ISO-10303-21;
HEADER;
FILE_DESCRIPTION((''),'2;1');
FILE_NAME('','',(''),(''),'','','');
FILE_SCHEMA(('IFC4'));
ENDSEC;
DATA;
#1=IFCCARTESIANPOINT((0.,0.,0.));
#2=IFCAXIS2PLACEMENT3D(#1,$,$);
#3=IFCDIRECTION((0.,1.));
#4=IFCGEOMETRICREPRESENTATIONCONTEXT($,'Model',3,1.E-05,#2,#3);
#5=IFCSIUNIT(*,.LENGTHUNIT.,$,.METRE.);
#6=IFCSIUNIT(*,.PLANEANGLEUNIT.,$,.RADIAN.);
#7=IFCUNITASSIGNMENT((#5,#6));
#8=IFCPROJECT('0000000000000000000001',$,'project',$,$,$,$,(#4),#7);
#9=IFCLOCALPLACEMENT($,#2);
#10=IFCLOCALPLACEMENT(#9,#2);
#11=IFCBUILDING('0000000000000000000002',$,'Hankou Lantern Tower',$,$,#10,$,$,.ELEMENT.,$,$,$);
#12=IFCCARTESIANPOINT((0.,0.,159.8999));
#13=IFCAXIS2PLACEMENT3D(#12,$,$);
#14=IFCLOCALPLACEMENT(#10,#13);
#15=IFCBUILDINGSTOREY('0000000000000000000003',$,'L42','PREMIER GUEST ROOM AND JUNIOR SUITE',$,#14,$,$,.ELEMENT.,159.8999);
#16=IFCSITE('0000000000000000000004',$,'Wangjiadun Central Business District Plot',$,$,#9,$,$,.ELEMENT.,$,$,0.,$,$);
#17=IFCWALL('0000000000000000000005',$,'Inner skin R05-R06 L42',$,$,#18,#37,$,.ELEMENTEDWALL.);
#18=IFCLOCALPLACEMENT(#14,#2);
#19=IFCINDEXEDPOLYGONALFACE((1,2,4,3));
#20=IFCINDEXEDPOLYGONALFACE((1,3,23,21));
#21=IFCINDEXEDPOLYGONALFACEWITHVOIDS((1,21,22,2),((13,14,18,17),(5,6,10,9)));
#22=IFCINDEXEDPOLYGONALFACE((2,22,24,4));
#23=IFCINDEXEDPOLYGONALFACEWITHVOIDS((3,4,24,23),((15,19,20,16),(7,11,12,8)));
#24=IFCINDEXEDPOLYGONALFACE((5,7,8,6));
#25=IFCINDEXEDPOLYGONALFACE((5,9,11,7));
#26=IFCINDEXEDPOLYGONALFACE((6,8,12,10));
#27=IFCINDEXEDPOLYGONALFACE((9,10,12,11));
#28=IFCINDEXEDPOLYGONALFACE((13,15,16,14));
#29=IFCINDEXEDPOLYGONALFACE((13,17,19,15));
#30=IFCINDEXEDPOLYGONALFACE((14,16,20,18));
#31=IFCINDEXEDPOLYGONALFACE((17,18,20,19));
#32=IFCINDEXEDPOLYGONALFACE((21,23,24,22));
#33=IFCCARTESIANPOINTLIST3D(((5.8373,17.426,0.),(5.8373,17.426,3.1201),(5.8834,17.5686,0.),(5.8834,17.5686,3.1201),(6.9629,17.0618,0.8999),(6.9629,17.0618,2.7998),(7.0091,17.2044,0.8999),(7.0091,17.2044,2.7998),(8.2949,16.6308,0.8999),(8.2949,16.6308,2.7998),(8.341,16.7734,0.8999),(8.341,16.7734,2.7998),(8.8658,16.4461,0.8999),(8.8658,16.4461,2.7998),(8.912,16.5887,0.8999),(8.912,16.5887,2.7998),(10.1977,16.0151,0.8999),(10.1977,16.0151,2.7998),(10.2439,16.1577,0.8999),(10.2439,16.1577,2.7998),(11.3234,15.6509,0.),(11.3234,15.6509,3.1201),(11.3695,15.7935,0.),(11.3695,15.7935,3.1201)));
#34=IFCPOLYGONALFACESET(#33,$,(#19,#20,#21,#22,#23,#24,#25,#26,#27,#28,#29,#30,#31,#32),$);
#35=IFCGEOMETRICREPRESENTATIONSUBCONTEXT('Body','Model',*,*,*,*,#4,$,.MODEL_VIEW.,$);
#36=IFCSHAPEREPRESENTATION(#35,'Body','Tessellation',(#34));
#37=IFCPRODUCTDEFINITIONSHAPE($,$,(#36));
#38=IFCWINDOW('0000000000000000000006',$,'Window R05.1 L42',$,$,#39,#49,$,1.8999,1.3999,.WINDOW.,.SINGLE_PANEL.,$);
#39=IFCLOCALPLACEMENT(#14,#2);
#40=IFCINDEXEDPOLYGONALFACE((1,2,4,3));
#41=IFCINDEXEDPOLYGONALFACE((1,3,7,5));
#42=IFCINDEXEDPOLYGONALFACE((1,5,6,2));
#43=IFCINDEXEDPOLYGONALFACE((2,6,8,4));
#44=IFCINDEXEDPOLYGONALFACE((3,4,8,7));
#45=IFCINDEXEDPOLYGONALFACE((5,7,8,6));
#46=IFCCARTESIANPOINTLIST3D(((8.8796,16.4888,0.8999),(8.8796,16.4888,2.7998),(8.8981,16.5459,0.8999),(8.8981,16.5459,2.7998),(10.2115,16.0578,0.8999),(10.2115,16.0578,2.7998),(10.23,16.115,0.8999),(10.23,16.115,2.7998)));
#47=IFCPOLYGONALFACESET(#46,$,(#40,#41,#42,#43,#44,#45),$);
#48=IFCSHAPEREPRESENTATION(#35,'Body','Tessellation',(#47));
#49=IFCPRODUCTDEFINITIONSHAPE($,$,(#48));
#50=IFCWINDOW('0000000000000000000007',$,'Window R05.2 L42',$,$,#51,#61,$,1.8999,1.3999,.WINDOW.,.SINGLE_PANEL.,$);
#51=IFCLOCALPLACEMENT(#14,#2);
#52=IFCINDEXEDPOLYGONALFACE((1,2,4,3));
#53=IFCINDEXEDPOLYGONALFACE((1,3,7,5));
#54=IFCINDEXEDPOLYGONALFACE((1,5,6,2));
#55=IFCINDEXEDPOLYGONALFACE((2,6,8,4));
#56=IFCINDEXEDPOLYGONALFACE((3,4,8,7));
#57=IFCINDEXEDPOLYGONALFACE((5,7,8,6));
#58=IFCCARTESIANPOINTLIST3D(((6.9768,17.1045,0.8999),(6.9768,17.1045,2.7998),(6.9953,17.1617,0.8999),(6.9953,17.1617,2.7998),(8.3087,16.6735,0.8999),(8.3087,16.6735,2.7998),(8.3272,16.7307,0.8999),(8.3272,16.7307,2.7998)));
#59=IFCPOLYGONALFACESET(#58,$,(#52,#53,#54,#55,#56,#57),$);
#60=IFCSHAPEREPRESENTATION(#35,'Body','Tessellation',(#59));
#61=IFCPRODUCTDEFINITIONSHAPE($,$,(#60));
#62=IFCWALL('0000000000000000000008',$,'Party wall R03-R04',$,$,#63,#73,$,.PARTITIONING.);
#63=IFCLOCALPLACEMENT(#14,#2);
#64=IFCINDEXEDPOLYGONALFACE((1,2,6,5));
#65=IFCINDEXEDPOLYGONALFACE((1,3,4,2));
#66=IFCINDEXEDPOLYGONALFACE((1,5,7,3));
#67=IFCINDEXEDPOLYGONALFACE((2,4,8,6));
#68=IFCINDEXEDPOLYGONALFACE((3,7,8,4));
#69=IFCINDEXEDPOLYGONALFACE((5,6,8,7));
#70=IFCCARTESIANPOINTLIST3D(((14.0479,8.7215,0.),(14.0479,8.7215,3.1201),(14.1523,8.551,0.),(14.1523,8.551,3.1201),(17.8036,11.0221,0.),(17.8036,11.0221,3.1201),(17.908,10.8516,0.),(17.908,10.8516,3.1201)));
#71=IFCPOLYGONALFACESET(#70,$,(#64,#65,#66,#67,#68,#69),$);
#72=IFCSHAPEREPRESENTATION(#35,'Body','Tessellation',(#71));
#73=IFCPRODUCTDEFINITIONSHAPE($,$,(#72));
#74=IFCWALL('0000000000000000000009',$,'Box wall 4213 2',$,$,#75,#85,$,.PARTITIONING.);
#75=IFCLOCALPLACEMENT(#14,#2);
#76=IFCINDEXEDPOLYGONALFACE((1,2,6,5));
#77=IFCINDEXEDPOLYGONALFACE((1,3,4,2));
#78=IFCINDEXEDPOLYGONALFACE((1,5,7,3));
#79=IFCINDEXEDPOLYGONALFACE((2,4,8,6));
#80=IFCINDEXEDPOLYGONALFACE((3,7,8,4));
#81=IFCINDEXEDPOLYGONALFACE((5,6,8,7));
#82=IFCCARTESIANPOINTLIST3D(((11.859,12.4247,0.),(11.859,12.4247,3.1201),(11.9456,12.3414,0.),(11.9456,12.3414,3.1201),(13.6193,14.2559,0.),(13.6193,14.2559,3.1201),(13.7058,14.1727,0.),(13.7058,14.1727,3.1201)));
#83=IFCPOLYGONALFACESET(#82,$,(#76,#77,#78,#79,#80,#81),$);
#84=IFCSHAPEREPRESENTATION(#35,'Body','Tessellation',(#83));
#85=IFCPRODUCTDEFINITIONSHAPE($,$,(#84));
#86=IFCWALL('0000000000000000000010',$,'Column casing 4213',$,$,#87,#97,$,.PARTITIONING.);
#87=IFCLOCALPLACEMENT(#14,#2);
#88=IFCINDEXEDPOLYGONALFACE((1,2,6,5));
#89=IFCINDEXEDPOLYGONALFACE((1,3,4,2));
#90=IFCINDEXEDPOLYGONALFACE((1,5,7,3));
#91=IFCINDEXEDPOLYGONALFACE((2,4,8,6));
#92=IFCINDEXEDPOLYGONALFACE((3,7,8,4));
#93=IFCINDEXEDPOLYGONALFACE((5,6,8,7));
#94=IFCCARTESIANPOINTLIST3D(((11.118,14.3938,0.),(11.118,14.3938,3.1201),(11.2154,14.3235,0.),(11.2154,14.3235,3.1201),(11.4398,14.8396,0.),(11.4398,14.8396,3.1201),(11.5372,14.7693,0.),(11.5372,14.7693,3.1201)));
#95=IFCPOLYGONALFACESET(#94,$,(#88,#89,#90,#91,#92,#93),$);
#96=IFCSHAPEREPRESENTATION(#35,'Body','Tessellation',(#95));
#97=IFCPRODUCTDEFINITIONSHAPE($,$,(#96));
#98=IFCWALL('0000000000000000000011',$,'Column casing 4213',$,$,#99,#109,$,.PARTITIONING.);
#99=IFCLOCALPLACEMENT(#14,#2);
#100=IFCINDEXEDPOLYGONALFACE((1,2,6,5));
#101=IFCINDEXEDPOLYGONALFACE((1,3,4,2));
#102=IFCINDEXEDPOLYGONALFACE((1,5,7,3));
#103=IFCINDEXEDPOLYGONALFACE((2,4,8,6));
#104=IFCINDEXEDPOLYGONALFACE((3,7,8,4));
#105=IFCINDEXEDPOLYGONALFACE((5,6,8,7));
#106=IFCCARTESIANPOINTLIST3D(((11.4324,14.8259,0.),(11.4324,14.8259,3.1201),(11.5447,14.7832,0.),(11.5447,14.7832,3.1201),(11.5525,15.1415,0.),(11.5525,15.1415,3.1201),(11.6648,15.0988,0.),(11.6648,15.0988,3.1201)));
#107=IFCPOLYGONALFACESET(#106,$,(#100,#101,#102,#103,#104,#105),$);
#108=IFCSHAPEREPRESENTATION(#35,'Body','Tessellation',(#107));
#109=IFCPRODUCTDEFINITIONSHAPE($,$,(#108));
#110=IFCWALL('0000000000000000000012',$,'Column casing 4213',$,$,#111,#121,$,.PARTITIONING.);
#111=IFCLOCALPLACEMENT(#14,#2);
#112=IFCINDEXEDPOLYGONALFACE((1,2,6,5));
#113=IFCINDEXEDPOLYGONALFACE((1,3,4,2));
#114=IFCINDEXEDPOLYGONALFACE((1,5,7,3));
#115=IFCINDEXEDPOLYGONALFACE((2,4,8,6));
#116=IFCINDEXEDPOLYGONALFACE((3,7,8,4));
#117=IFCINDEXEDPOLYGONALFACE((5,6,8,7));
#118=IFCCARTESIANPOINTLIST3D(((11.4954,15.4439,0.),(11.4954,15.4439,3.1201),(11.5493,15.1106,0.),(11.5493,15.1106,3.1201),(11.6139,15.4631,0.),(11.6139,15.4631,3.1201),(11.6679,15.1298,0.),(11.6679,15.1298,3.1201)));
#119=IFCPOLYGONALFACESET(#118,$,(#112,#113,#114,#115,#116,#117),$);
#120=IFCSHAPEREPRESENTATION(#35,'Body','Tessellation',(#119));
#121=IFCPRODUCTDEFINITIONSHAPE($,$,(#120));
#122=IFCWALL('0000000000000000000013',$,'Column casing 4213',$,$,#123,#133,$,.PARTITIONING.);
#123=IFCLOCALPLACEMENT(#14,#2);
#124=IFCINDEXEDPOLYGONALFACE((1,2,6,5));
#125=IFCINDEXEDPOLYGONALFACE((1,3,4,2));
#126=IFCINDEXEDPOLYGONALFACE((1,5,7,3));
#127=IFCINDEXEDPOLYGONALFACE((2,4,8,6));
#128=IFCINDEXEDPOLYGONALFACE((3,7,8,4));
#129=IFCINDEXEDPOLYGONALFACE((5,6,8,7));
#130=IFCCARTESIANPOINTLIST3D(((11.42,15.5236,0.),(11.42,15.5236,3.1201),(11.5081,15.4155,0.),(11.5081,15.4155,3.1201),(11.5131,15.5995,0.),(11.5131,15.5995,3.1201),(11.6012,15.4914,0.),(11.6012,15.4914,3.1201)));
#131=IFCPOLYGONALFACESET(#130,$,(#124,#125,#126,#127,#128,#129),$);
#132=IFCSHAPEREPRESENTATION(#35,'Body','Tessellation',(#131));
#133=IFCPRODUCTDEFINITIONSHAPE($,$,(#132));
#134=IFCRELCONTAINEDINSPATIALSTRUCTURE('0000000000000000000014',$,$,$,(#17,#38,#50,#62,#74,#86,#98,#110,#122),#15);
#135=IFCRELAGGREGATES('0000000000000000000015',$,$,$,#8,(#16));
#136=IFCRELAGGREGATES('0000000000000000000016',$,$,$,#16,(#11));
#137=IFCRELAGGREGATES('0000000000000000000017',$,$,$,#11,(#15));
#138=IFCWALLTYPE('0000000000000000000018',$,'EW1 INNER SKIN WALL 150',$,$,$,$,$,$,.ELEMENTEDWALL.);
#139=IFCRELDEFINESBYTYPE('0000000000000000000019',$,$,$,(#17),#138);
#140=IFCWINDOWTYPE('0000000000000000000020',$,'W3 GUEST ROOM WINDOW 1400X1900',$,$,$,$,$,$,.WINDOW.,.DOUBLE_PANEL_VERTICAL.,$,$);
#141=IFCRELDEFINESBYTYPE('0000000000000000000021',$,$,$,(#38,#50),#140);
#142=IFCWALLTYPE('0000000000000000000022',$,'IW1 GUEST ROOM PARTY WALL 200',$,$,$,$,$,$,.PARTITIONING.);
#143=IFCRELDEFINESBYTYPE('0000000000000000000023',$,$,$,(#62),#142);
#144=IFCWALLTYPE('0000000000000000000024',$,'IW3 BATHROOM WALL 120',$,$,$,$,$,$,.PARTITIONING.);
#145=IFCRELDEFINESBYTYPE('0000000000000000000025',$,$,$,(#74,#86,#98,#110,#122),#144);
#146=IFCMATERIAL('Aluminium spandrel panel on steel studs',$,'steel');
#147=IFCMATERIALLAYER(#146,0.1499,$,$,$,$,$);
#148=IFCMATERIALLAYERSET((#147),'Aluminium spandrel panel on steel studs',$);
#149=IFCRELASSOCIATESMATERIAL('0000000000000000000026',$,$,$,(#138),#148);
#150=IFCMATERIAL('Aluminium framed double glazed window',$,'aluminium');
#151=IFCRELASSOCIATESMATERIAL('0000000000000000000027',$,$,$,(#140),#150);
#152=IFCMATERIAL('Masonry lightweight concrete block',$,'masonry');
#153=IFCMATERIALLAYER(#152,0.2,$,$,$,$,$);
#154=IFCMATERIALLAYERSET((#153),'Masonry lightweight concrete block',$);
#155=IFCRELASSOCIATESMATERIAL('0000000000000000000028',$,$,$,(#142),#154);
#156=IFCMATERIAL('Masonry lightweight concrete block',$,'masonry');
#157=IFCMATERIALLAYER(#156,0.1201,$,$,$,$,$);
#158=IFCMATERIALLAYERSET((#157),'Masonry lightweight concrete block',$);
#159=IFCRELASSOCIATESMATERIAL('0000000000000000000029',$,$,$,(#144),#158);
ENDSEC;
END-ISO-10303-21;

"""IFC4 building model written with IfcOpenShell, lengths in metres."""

from ifc_helpers import new_model, si_unit, direction, frame, frame_2d, origin, place, context, subcontext, project, spatial, rectangle, extrude, material, layer, layer_set, type_object, element, fill, save


model = new_model("IFC4")

# Units and contexts
model_context = context("Model", 3, precision=1e-05, world=origin(), true_north=direction((0.0, 1.0)))
body_context = subcontext(model_context, "Body", "Model", "MODEL_VIEW")
ifc_project = project(units=[si_unit("LENGTHUNIT", "METRE"), si_unit("PLANEANGLEUNIT", "RADIAN")], contexts=[model_context])

# Site, building, storey
site_placement = place(None, origin())
site = spatial("IfcSite", under=ifc_project, at=site_placement, Name="Wangjiadun Central Business District Plot", CompositionType="ELEMENT", RefElevation=0.0)
building_placement = place(site_placement, origin())
building = spatial("IfcBuilding", under=site, at=building_placement, Name="Hankou Lantern Tower", CompositionType="ELEMENT")
storey_placement = place(building_placement, frame((0.0, 0.0, 159.8999)))
storey = spatial("IfcBuildingStorey", under=building, at=storey_placement, Name="L42", Description="PREMIER GUEST ROOM AND JUNIOR SUITE", CompositionType="ELEMENT", Elevation=159.8999)

# Wall, openings, windows
ifc_material_1 = material(Name="Aluminium spandrel panel on steel studs", Category="steel")
ifc_layer_1 = layer(ifc_material_1, 0.1499)
ifc_layer_set_1 = layer_set([ifc_layer_1], Name="Aluminium spandrel panel on steel studs")
wall_type_1 = type_object("IfcWallType", Name="EW1 INNER SKIN WALL 150", PredefinedType="ELEMENTEDWALL", material=ifc_layer_set_1)
ifc_material_2 = material(Name="Aluminium framed double glazed window", Category="aluminium")
window_type = type_object("IfcWindowType", Name="W3 GUEST ROOM WINDOW 1400X1900", PartitioningType="DOUBLE_PANEL_VERTICAL", PredefinedType="WINDOW", material=ifc_material_2)
wall_1_placement = place(storey_placement, frame((11.3464, 15.7222, 0.0), z_axis=(0.0, 0.0, 1.0), x_axis=(-0.951432, 0.307857, 0.0)))
wall_1 = element("IfcWall", 1, at=wall_1_placement, inside=storey, type_object=wall_type_1, Name="Inner skin R05-R06 L42", PredefinedType="ELEMENTEDWALL", context=body_context, shape_type="SweptSolid", body=[
    extrude(rectangle(XDim=5.7661, YDim=0.1499, at=frame_2d((2.8831, 0.0))), origin(), (0.0, 0.0, 1.0), 3.1201),
])
opening_1_placement = place(wall_1_placement, frame((1.1831, 0.0, 0.8999)))
opening_1 = element("IfcOpeningElement", 2, at=opening_1_placement, cuts=wall_1, PredefinedType="OPENING", context=body_context, shape_type="SweptSolid", body=[
    extrude(rectangle(XDim=1.3999, YDim=1.8999, at=frame_2d((0.7, 0.95))), frame((0.0, 0.085, 0.0), z_axis=(0.0, -1.0, 0.0), x_axis=(1.0, 0.0, 0.0)), (0.0, 0.0, 1.0), 0.1699),
])
opening_2_placement = place(wall_1_placement, frame((3.1831, 0.0, 0.8999)))
opening_2 = element("IfcOpeningElement", 3, at=opening_2_placement, cuts=wall_1, PredefinedType="OPENING", context=body_context, shape_type="SweptSolid", body=[
    extrude(rectangle(XDim=1.3999, YDim=1.8999, at=frame_2d((0.7, 0.95))), frame((0.0, 0.085, 0.0), z_axis=(0.0, -1.0, 0.0), x_axis=(1.0, 0.0, 0.0)), (0.0, 0.0, 1.0), 0.1699),
])
window_1_placement = place(opening_1_placement, origin())
window_1 = element("IfcWindow", 4, at=window_1_placement, inside=storey, type_object=window_type, Name="Window R05.1 L42", OverallHeight=1.8999, OverallWidth=1.3999, PartitioningType="SINGLE_PANEL", PredefinedType="WINDOW", context=body_context, shape_type="SweptSolid", body=[
    extrude(rectangle(XDim=1.3999, YDim=1.8999, at=frame_2d((0.7, 0.95))), frame((0.0, 0.03, 0.0), z_axis=(0.0, -1.0, 0.0), x_axis=(1.0, 0.0, 0.0)), (0.0, 0.0, 1.0), 0.0601),
])
fill(opening_1, window_1)
window_2_placement = place(opening_2_placement, origin())
window_2 = element("IfcWindow", 5, at=window_2_placement, inside=storey, type_object=window_type, Name="Window R05.2 L42", OverallHeight=1.8999, OverallWidth=1.3999, PartitioningType="SINGLE_PANEL", PredefinedType="WINDOW", context=body_context, shape_type="SweptSolid", body=[
    extrude(rectangle(XDim=1.3999, YDim=1.8999, at=frame_2d((0.7, 0.95))), frame((0.0, 0.03, 0.0), z_axis=(0.0, -1.0, 0.0), x_axis=(1.0, 0.0, 0.0)), (0.0, 0.0, 1.0), 0.0601),
])
fill(opening_2, window_2)

# Walls
ifc_material_3 = material(Name="Masonry lightweight concrete block", Category="masonry")
ifc_layer_2 = layer(ifc_material_3, 0.2)
ifc_layer_set_2 = layer_set([ifc_layer_2], Name="Masonry lightweight concrete block")
wall_type_2 = type_object("IfcWallType", Name="IW1 GUEST ROOM PARTY WALL 200", PredefinedType="PARTITIONING", material=ifc_layer_set_2)
wall_2_placement = place(storey_placement, frame((14.1001, 8.6362, 0.0), z_axis=(0.0, 0.0, 1.0), x_axis=(0.852732, 0.522349, 0.0)))
element("IfcWall", 6, at=wall_2_placement, inside=storey, type_object=wall_type_2, Name="Party wall R03-R04", PredefinedType="PARTITIONING", context=body_context, shape_type="SweptSolid", body=[
    extrude(rectangle(XDim=4.4043, YDim=0.2, at=frame_2d((2.2021, 0.0))), origin(), (0.0, 0.0, 1.0), 3.1201),
])
ifc_material_4 = material(Name="Masonry lightweight concrete block", Category="masonry")
ifc_layer_3 = layer(ifc_material_4, 0.1201)
ifc_layer_set_3 = layer_set([ifc_layer_3], Name="Masonry lightweight concrete block")
wall_type_3 = type_object("IfcWallType", Name="IW3 BATHROOM WALL 120", PredefinedType="PARTITIONING", material=ifc_layer_set_3)
wall_3_placement = place(storey_placement, frame((11.9023, 12.3831, 0.0), z_axis=(0.0, 0.0, 1.0), x_axis=(0.692984, 0.720953, 0.0)))
element("IfcWall", 7, at=wall_3_placement, inside=storey, type_object=wall_type_3, Name="Box wall 4213 2", PredefinedType="PARTITIONING", context=body_context, shape_type="SweptSolid", body=[
    extrude(rectangle(XDim=2.54, YDim=0.1201, at=frame_2d((1.27, 0.0))), origin(), (0.0, 0.0, 1.0), 3.1201),
])
wall_4_placement = place(storey_placement, frame((11.1667, 14.3586, 0.0), z_axis=(0.0, 0.0, 1.0), x_axis=(0.585264, 0.810843, 0.0)))
element("IfcWall", 8, at=wall_4_placement, inside=storey, type_object=wall_type_3, Name="Column casing 4213", PredefinedType="PARTITIONING", context=body_context, shape_type="SweptSolid", body=[
    extrude(rectangle(XDim=0.5498, YDim=0.1201, at=frame_2d((0.2749, 0.0))), origin(), (0.0, 0.0, 1.0), 3.1201),
])
for number, where, z_axis, x_axis, name in (
    (9, (11.4885, 14.8044, 0.0), (0.0, 0.0, 1.0), (0.355635, 0.934625, 0.0), "Column casing 4213"),
    (10, (11.6086, 15.1201, 0.0), (0.0, 0.0, 1.0), (-0.159824, 0.987146, 0.0), "Column casing 4213"),
):
    element("IfcWall", number, at=place(storey_placement, frame(where, z_axis=z_axis, x_axis=x_axis)), inside=storey, type_object=wall_type_3, Name=name, PredefinedType="PARTITIONING", context=body_context, shape_type="SweptSolid", body=[
        extrude(rectangle(XDim=0.3376, YDim=0.1201, at=frame_2d((0.1689, 0.0))), origin(), (0.0, 0.0, 1.0), 3.1201),
    ])
wall_5_placement = place(storey_placement, frame((11.5547, 15.4534, 0.0), z_axis=(0.0, 0.0, 1.0), x_axis=(-0.631712, 0.775203, 0.0)))
element("IfcWall", 11, at=wall_5_placement, inside=storey, type_object=wall_type_3, Name="Column casing 4213", PredefinedType="PARTITIONING", context=body_context, shape_type="SweptSolid", body=[
    extrude(rectangle(XDim=0.1394, YDim=0.1201, at=frame_2d((0.0698, 0.0))), origin(), (0.0, 0.0, 1.0), 3.1201),
])

save(model, "model.ifc")
